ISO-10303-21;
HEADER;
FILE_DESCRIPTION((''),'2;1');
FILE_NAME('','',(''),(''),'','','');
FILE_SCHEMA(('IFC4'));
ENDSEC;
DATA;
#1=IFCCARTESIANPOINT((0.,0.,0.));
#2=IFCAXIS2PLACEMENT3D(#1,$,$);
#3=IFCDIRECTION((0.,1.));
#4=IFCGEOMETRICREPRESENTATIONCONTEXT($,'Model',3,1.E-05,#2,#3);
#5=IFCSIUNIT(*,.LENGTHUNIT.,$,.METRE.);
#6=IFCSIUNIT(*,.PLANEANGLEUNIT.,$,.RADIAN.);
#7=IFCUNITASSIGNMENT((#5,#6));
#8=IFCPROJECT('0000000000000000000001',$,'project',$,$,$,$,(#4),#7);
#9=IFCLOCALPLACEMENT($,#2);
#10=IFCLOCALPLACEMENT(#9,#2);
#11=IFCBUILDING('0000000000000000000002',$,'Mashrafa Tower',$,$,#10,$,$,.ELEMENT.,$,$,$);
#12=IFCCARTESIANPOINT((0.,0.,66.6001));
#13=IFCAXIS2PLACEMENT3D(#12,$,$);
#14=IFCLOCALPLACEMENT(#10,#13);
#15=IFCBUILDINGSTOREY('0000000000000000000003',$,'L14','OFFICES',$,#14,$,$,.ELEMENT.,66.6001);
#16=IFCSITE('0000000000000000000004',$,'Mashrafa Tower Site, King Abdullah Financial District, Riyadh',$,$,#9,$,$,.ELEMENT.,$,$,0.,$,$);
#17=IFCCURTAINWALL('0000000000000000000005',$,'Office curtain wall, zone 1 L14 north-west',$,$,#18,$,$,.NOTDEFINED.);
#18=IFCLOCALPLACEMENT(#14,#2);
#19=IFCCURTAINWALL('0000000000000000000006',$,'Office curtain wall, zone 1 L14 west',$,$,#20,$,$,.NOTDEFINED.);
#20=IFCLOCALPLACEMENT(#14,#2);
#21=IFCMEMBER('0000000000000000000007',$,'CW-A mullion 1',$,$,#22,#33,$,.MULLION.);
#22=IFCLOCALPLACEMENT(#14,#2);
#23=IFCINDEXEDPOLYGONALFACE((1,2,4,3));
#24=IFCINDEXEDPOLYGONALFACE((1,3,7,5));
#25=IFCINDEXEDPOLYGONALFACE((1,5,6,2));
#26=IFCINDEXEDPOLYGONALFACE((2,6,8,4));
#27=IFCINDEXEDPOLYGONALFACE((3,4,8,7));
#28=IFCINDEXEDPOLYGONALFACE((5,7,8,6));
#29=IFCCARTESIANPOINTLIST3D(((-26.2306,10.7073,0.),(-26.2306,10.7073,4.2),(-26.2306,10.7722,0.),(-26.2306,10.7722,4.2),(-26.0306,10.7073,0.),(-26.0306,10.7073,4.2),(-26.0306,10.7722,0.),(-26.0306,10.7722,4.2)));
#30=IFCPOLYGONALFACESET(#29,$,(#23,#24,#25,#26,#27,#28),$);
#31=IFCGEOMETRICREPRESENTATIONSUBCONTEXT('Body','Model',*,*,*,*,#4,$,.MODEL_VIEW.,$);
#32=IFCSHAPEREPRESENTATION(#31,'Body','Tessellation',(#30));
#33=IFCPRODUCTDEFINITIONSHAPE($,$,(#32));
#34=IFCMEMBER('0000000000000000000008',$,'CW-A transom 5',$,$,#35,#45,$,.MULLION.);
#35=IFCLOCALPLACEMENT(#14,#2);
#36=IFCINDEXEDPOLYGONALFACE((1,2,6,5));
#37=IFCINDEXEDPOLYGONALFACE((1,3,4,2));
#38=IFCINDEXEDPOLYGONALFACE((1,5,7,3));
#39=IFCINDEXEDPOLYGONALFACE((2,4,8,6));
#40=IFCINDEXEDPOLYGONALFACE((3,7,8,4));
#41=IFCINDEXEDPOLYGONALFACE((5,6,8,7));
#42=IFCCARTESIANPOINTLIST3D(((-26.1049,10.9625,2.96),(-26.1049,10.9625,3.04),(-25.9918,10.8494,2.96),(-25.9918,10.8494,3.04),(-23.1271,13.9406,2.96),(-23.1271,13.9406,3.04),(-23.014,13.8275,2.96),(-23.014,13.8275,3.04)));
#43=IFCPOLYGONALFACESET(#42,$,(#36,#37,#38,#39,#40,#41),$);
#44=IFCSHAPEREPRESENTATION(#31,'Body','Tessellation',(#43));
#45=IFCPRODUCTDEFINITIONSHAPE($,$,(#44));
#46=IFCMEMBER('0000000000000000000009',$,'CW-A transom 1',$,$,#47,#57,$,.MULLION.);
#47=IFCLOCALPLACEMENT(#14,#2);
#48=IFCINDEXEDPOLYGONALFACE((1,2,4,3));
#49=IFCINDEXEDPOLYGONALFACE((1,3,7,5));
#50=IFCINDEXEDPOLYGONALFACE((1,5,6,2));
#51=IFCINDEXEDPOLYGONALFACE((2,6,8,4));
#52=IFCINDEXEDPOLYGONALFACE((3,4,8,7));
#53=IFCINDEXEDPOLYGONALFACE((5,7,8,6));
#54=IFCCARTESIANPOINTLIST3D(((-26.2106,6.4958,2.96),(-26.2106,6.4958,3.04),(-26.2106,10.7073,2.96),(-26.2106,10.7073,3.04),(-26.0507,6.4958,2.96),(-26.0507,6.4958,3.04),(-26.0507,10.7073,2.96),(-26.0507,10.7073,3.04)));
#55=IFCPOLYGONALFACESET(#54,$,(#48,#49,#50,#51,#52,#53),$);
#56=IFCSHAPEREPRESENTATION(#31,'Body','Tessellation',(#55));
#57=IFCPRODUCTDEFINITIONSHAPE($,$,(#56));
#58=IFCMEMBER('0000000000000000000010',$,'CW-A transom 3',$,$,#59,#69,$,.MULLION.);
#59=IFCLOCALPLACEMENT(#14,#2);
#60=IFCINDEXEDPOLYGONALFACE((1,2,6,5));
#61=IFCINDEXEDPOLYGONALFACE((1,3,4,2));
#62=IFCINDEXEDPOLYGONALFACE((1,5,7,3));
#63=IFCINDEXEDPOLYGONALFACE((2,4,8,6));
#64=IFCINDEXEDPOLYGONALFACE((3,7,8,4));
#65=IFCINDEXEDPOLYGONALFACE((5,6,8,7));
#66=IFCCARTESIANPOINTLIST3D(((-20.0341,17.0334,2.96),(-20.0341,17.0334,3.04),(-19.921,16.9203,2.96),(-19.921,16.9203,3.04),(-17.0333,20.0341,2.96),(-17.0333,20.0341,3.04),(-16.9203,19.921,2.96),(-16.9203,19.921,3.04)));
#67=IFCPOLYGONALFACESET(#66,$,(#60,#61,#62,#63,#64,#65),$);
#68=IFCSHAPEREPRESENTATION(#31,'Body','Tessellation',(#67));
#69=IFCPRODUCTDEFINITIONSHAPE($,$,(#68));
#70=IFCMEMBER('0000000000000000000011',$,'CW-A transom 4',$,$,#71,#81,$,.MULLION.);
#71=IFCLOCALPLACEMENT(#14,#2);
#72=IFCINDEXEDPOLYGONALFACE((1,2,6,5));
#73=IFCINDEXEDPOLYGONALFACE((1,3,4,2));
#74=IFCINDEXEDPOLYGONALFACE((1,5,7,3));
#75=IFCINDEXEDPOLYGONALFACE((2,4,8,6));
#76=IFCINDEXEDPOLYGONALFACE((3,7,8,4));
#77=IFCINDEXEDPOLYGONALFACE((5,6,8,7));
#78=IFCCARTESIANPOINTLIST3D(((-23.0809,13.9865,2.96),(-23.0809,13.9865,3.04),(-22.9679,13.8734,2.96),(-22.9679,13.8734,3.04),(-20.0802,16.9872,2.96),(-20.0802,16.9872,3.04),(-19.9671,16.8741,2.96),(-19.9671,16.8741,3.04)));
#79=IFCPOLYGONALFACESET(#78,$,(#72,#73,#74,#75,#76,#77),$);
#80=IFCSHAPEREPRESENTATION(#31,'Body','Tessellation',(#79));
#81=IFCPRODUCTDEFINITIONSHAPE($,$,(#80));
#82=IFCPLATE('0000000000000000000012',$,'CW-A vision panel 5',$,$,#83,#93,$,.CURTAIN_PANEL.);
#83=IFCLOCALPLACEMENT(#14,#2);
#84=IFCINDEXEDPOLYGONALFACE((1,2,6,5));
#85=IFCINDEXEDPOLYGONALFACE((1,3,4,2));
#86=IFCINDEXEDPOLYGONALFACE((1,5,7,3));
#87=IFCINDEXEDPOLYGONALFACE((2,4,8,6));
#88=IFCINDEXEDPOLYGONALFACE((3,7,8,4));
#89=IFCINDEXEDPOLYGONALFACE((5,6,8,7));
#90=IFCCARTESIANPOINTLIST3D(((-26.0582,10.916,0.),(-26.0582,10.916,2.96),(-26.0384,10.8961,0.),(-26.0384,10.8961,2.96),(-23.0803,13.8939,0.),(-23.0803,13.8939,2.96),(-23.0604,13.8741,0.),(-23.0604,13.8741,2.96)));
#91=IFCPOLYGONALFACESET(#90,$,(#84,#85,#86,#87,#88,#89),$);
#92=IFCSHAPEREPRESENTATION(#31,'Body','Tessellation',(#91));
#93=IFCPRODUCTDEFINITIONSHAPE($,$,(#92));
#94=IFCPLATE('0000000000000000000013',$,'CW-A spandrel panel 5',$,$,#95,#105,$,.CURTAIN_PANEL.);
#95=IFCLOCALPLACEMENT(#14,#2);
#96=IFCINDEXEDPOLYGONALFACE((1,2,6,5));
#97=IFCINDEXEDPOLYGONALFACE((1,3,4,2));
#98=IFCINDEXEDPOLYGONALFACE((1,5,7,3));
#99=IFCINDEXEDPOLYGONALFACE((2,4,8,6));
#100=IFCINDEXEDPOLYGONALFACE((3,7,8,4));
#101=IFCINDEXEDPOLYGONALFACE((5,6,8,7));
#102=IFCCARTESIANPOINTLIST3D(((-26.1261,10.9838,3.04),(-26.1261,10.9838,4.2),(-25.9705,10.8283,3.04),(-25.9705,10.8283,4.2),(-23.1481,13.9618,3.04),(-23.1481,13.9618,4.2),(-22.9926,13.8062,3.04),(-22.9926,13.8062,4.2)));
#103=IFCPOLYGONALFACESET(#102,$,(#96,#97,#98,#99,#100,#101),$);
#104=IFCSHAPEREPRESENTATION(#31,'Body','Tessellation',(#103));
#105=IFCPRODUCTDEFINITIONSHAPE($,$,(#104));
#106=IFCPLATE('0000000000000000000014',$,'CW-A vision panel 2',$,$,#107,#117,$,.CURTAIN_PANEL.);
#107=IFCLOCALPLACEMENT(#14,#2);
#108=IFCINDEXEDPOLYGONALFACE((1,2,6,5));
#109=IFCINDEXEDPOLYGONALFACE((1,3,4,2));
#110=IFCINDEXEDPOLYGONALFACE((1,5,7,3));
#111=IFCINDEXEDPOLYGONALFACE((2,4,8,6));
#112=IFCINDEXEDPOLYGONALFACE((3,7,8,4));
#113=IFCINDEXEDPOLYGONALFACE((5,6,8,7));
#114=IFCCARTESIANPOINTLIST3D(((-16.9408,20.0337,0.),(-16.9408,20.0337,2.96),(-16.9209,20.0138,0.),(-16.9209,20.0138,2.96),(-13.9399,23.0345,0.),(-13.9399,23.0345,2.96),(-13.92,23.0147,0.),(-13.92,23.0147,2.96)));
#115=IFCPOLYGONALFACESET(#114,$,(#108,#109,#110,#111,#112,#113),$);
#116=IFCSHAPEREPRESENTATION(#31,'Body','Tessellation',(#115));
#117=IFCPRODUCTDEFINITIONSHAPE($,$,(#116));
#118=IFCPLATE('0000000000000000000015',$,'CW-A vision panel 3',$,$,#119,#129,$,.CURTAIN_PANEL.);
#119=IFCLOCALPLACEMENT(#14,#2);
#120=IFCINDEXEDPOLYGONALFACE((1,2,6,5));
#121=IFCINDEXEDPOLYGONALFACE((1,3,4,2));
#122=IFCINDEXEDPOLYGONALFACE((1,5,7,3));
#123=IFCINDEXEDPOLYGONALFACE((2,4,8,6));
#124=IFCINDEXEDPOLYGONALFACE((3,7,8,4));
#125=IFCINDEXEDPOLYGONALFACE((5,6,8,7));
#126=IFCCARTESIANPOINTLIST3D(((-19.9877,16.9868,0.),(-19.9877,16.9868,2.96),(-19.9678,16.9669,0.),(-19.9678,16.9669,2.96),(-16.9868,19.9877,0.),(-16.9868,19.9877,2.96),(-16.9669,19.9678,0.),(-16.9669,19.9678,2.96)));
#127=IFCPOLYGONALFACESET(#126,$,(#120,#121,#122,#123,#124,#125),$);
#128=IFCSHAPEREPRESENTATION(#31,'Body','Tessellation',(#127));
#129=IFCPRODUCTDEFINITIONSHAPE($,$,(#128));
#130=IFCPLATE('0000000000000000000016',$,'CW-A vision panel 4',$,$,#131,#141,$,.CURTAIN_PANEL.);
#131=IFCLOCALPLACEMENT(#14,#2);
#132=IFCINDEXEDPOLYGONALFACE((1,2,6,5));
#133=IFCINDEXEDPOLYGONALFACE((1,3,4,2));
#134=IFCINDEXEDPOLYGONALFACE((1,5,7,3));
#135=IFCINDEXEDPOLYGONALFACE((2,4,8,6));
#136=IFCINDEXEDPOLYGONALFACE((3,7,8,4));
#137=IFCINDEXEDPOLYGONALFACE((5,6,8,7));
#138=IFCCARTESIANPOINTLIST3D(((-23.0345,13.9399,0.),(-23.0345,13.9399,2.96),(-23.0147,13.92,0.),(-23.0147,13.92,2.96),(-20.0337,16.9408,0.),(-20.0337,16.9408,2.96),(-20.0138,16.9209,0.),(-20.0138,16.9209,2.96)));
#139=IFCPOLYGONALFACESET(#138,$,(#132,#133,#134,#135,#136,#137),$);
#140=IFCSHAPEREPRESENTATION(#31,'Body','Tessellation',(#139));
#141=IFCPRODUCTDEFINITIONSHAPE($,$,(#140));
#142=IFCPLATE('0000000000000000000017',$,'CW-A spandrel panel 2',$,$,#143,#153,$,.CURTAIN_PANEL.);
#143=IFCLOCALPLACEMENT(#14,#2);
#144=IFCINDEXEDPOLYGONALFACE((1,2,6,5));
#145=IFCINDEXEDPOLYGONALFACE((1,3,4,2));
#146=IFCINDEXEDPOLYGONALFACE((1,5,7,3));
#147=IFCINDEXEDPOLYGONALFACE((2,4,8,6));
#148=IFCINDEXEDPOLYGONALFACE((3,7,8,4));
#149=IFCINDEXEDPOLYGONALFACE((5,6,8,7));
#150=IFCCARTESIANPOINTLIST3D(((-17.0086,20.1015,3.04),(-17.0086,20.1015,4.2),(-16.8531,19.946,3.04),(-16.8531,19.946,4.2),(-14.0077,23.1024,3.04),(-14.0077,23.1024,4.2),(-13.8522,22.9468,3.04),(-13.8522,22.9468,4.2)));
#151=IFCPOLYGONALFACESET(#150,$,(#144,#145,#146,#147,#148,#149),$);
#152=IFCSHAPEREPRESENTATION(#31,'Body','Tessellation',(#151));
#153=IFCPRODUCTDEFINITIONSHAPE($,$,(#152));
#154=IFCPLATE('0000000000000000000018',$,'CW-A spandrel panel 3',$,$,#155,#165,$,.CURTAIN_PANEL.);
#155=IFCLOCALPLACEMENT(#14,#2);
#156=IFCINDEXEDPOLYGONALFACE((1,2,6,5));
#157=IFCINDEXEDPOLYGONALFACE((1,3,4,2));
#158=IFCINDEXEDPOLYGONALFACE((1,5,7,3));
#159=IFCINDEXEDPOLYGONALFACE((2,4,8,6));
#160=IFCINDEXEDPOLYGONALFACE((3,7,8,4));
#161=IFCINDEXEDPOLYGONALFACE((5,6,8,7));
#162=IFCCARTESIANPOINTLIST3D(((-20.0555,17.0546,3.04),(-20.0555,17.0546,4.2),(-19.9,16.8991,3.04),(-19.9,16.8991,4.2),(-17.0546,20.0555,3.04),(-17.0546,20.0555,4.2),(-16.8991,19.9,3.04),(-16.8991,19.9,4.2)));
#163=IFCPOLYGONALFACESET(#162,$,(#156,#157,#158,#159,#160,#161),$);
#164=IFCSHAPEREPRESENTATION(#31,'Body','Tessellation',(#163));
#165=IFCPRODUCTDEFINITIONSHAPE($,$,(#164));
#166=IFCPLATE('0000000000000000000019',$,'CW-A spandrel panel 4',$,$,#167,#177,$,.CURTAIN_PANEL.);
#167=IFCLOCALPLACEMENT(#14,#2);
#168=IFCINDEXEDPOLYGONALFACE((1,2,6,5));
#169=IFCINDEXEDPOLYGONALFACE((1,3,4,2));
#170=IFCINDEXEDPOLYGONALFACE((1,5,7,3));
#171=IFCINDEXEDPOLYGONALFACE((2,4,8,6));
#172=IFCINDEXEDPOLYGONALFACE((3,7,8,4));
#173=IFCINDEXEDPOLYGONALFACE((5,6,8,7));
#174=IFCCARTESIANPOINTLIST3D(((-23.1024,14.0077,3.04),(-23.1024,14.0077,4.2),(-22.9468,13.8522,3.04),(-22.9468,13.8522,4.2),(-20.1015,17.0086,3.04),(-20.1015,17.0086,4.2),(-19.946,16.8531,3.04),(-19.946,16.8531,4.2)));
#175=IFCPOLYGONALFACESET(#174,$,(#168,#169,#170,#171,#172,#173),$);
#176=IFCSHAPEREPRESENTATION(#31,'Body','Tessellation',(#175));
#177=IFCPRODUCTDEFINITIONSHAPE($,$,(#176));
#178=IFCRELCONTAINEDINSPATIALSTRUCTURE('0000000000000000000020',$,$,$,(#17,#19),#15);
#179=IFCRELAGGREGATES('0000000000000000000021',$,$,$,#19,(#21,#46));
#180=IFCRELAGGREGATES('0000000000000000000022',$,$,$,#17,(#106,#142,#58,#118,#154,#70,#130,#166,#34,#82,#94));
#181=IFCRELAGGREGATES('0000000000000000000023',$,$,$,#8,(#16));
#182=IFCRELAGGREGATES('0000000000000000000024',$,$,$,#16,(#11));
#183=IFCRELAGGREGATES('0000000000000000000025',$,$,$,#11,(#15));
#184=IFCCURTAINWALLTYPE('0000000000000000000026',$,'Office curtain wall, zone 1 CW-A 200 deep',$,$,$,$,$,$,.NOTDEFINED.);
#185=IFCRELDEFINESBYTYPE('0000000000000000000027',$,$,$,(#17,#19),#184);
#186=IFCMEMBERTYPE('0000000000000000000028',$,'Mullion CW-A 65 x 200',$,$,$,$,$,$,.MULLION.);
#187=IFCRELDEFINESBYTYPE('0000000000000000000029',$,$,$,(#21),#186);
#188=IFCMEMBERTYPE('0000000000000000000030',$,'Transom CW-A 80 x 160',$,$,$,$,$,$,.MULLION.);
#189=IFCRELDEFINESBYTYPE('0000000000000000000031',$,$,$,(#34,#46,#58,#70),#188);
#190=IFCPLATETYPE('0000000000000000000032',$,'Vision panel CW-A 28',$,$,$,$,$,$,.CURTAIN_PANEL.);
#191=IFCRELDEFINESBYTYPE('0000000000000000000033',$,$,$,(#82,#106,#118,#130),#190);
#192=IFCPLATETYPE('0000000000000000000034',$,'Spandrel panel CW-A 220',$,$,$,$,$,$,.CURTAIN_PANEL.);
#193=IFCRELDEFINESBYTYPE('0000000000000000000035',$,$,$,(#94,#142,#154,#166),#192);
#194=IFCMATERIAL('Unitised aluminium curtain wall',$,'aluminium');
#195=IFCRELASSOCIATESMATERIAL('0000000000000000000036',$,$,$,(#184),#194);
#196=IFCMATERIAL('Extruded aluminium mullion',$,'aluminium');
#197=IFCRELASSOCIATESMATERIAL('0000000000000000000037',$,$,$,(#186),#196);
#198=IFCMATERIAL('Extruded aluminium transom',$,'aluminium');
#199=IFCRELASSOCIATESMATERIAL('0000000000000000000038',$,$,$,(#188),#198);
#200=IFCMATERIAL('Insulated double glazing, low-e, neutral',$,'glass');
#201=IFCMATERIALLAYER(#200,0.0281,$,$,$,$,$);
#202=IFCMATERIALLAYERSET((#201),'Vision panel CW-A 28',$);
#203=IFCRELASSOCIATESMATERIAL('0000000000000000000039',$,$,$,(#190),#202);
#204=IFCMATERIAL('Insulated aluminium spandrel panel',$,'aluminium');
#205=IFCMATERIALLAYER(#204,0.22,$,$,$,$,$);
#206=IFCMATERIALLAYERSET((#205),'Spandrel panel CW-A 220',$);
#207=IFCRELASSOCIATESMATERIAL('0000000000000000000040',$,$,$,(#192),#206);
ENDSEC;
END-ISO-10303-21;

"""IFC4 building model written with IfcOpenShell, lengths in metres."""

from ifc_helpers import new_model, si_unit, direction, frame, origin, origin_2d, place, context, subcontext, project, spatial, rectangle, extrude, source, transform, mapped, material, layer, layer_set, material_profile, profile_set, type_object, type_shapes, element, aggregate, save


model = new_model("IFC4")

# Units and contexts
model_context = context("Model", 3, precision=1e-05, world=origin(), true_north=direction((0.0, 1.0)))
body_context = subcontext(model_context, "Body", "Model", "MODEL_VIEW")
ifc_project = project(units=[si_unit("LENGTHUNIT", "METRE"), si_unit("PLANEANGLEUNIT", "RADIAN")], contexts=[model_context])

# Site, building, storey
site_placement = place(None, origin())
site = spatial("IfcSite", under=ifc_project, at=site_placement, Name="Mashrafa Tower Site, King Abdullah Financial District, Riyadh", CompositionType="ELEMENT", RefElevation=0.0)
building_placement = place(site_placement, origin())
building = spatial("IfcBuilding", under=site, at=building_placement, Name="Mashrafa Tower", CompositionType="ELEMENT")
storey_placement = place(building_placement, frame((0.0, 0.0, 66.6001)))
storey = spatial("IfcBuildingStorey", under=building, at=storey_placement, Name="L14", Description="OFFICES", CompositionType="ELEMENT", Elevation=66.6001)

# Curtain wall
ifc_material_1 = material(Name="Unitised aluminium curtain wall", Category="aluminium")
curtain_wall_type = type_object("IfcCurtainWallType", Name="Office curtain wall, zone 1 CW-A 200 deep", PredefinedType="NOTDEFINED", material=ifc_material_1)
curtain_wall_1_placement = place(storey_placement, origin())
curtain_wall_1 = element("IfcCurtainWall", 1, at=curtain_wall_1_placement, inside=storey, type_object=curtain_wall_type, Name="Office curtain wall, zone 1 L14 north-west", PredefinedType="NOTDEFINED")
ifc_material_2 = material(Name="Extruded aluminium mullion", Category="aluminium")
ifc_material_profile_1 = material_profile(ifc_material_2, rectangle(XDim=0.2, YDim=0.0649, at=origin_2d()), Name="Mullion 65x200")
ifc_profile_set_1 = profile_set([ifc_material_profile_1], Name="Extruded aluminium mullion")
member_type_1 = type_object("IfcMemberType", Name="Mullion CW-A 65 x 200", PredefinedType="MULLION", material=ifc_profile_set_1)
shared_shape_1 = source(origin(), body_context, "Body", "SweptSolid", [
    extrude(rectangle(XDim=0.2, YDim=0.0649, at=origin_2d()), origin(), (0.0, 0.0, 1.0), 4.2),
])
type_shapes(member_type_1, [shared_shape_1])

# Curtain wall, member
curtain_wall_2_placement = place(storey_placement, origin())
curtain_wall_2 = element("IfcCurtainWall", 2, at=curtain_wall_2_placement, inside=storey, type_object=curtain_wall_type, Name="Office curtain wall, zone 1 L14 west", PredefinedType="NOTDEFINED")
member_1_placement = place(storey_placement, frame((-26.1306, 10.7397, 0.0), z_axis=(0.0, 0.0, 1.0), x_axis=(1.0, 0.0, 0.0)))
member_1 = element("IfcMember", 3, at=member_1_placement, type_object=member_type_1, Name="CW-A mullion 1", PredefinedType="MULLION", context=body_context, shape_type="MappedRepresentation", body=[
    mapped(shared_shape_1, transform((0.0, 0.0, 0.0))),
])

# Members
ifc_material_3 = material(Name="Extruded aluminium transom", Category="aluminium")
ifc_material_profile_2 = material_profile(ifc_material_3, rectangle(XDim=0.1599, YDim=0.0801, at=origin_2d()), Name="Transom 80x160")
ifc_profile_set_2 = profile_set([ifc_material_profile_2], Name="Extruded aluminium transom")
member_type_2 = type_object("IfcMemberType", Name="Transom CW-A 80 x 160", PredefinedType="MULLION", material=ifc_profile_set_2)
shared_shape_2 = source(origin(), body_context, "Body", "SweptSolid", [
    extrude(rectangle(XDim=0.1599, YDim=0.0801, at=origin_2d()), origin(), (0.0, 0.0, 1.0), 4.2114),
])
member_2_placement = place(storey_placement, frame((-23.0706, 13.884, 3.0), z_axis=(-0.707078, -0.707136, 0.0), x_axis=(0.707136, -0.707078, 0.0)))
member_2 = element("IfcMember", 4, at=member_2_placement, type_object=member_type_2, Name="CW-A transom 5", PredefinedType="MULLION", context=body_context, shape_type="MappedRepresentation", body=[
    mapped(shared_shape_2, transform((0.0, 0.0, 0.0))),
])
member_3_placement = place(storey_placement, frame((-26.1306, 10.7073, 3.0), z_axis=(0.0, -1.0, 0.0), x_axis=(1.0, 0.0, 0.0)))
member_3 = element("IfcMember", 5, at=member_3_placement, type_object=member_type_2, Name="CW-A transom 1", PredefinedType="MULLION", context=body_context, shape_type="MappedRepresentation", body=[
    mapped(shared_shape_2, transform((0.0, 0.0, 0.0))),
])
aggregate(curtain_wall_2, [member_1, member_3])
shared_shape_3 = source(origin(), body_context, "Body", "SweptSolid", [
    extrude(rectangle(XDim=0.1599, YDim=0.0801, at=origin_2d()), origin(), (0.0, 0.0, 1.0), 4.2437),
])
type_shapes(member_type_2, [shared_shape_2, shared_shape_3])
member_4_placement = place(storey_placement, frame((-16.9768, 19.9775, 3.0), z_axis=(-0.707107, -0.707107, 0.0), x_axis=(0.707107, -0.707107, 0.0)))
member_4 = element("IfcMember", 6, at=member_4_placement, type_object=member_type_2, Name="CW-A transom 3", PredefinedType="MULLION", context=body_context, shape_type="MappedRepresentation", body=[
    mapped(shared_shape_3, transform((0.0, 0.0, 0.0))),
])
member_5_placement = place(storey_placement, frame((-20.0237, 16.9307, 3.0), z_axis=(-0.707107, -0.707107, 0.0), x_axis=(0.707107, -0.707107, 0.0)))
member_5 = element("IfcMember", 7, at=member_5_placement, type_object=member_type_2, Name="CW-A transom 4", PredefinedType="MULLION", context=body_context, shape_type="MappedRepresentation", body=[
    mapped(shared_shape_3, transform((0.0, 0.0, 0.0))),
])

# Plates
ifc_material_4 = material(Name="Insulated double glazing, low-e, neutral", Category="glass")
ifc_layer_1 = layer(ifc_material_4, 0.0281)
ifc_layer_set_1 = layer_set([ifc_layer_1], Name="Vision panel CW-A 28")
plate_type_1 = type_object("IfcPlateType", Name="Vision panel CW-A 28", PredefinedType="CURTAIN_PANEL", material=ifc_layer_set_1)
shared_shape_4 = source(origin(), body_context, "Body", "SweptSolid", [
    extrude(rectangle(XDim=4.2114, YDim=0.0281, at=origin_2d()), origin(), (0.0, 0.0, 1.0), 2.96),
])
plate_1_placement = place(storey_placement, frame((-24.5593, 12.395, 0.0), z_axis=(0.0, 0.0, 1.0), x_axis=(-0.707107, -0.707107, 0.0)))
plate_1 = element("IfcPlate", 8, at=plate_1_placement, type_object=plate_type_1, Name="CW-A vision panel 5", PredefinedType="CURTAIN_PANEL", context=body_context, shape_type="MappedRepresentation", body=[
    mapped(shared_shape_4, transform((0.0, 0.0, 0.0))),
])
ifc_material_5 = material(Name="Insulated aluminium spandrel panel", Category="aluminium")
ifc_layer_2 = layer(ifc_material_5, 0.22)
ifc_layer_set_2 = layer_set([ifc_layer_2], Name="Spandrel panel CW-A 220")
plate_type_2 = type_object("IfcPlateType", Name="Spandrel panel CW-A 220", PredefinedType="CURTAIN_PANEL", material=ifc_layer_set_2)
shared_shape_5 = source(origin(), body_context, "Body", "SweptSolid", [
    extrude(rectangle(XDim=4.2114, YDim=0.22, at=origin_2d()), origin(), (0.0, 0.0, 1.0), 1.1599),
])
plate_2_placement = place(storey_placement, frame((-24.5593, 12.395, 3.04), z_axis=(0.0, 0.0, 1.0), x_axis=(-0.707107, -0.707107, 0.0)))
plate_2 = element("IfcPlate", 9, at=plate_2_placement, type_object=plate_type_2, Name="CW-A spandrel panel 5", PredefinedType="CURTAIN_PANEL", context=body_context, shape_type="MappedRepresentation", body=[
    mapped(shared_shape_5, transform((0.0, 0.0, 0.0))),
])
shared_shape_6 = source(origin(), body_context, "Body", "SweptSolid", [
    extrude(rectangle(XDim=4.2439, YDim=0.0281, at=origin_2d()), origin(), (0.0, 0.0, 1.0), 2.96),
])
type_shapes(plate_type_1, [shared_shape_4, shared_shape_6])
plate_3_placement = place(storey_placement, frame((-15.4304, 21.5242, 0.0), z_axis=(0.0, 0.0, 1.0), x_axis=(-0.707107, -0.707107, 0.0)))
plate_3 = element("IfcPlate", 10, at=plate_3_placement, type_object=plate_type_1, Name="CW-A vision panel 2", PredefinedType="CURTAIN_PANEL", context=body_context, shape_type="MappedRepresentation", body=[
    mapped(shared_shape_6, transform((0.0, 0.0, 0.0))),
])
plate_4_placement = place(storey_placement, frame((-18.4773, 18.4773, 0.0), z_axis=(0.0, 0.0, 1.0), x_axis=(-0.707107, -0.707107, 0.0)))
plate_4 = element("IfcPlate", 11, at=plate_4_placement, type_object=plate_type_1, Name="CW-A vision panel 3", PredefinedType="CURTAIN_PANEL", context=body_context, shape_type="MappedRepresentation", body=[
    mapped(shared_shape_6, transform((0.0, 0.0, 0.0))),
])
plate_5_placement = place(storey_placement, frame((-21.5242, 15.4304, 0.0), z_axis=(0.0, 0.0, 1.0), x_axis=(-0.707107, -0.707107, 0.0)))
plate_5 = element("IfcPlate", 12, at=plate_5_placement, type_object=plate_type_1, Name="CW-A vision panel 4", PredefinedType="CURTAIN_PANEL", context=body_context, shape_type="MappedRepresentation", body=[
    mapped(shared_shape_6, transform((0.0, 0.0, 0.0))),
])
shared_shape_7 = source(origin(), body_context, "Body", "SweptSolid", [
    extrude(rectangle(XDim=4.2439, YDim=0.22, at=origin_2d()), origin(), (0.0, 0.0, 1.0), 1.1599),
])
type_shapes(plate_type_2, [shared_shape_5, shared_shape_7])
plate_6_placement = place(storey_placement, frame((-15.4304, 21.5242, 3.04), z_axis=(0.0, 0.0, 1.0), x_axis=(-0.707107, -0.707107, 0.0)))
plate_6 = element("IfcPlate", 13, at=plate_6_placement, type_object=plate_type_2, Name="CW-A spandrel panel 2", PredefinedType="CURTAIN_PANEL", context=body_context, shape_type="MappedRepresentation", body=[
    mapped(shared_shape_7, transform((0.0, 0.0, 0.0))),
])
plate_7_placement = place(storey_placement, frame((-18.4773, 18.4773, 3.04), z_axis=(0.0, 0.0, 1.0), x_axis=(-0.707107, -0.707107, 0.0)))
plate_7 = element("IfcPlate", 14, at=plate_7_placement, type_object=plate_type_2, Name="CW-A spandrel panel 3", PredefinedType="CURTAIN_PANEL", context=body_context, shape_type="MappedRepresentation", body=[
    mapped(shared_shape_7, transform((0.0, 0.0, 0.0))),
])
plate_8_placement = place(storey_placement, frame((-21.5242, 15.4304, 3.04), z_axis=(0.0, 0.0, 1.0), x_axis=(-0.707107, -0.707107, 0.0)))
plate_8 = element("IfcPlate", 15, at=plate_8_placement, type_object=plate_type_2, Name="CW-A spandrel panel 4", PredefinedType="CURTAIN_PANEL", context=body_context, shape_type="MappedRepresentation", body=[
    mapped(shared_shape_7, transform((0.0, 0.0, 0.0))),
])
aggregate(curtain_wall_1, [plate_3, plate_6, member_4, plate_4, plate_7, member_5, plate_5, plate_8, member_2, plate_1, plate_2])

save(model, "model.ifc")
